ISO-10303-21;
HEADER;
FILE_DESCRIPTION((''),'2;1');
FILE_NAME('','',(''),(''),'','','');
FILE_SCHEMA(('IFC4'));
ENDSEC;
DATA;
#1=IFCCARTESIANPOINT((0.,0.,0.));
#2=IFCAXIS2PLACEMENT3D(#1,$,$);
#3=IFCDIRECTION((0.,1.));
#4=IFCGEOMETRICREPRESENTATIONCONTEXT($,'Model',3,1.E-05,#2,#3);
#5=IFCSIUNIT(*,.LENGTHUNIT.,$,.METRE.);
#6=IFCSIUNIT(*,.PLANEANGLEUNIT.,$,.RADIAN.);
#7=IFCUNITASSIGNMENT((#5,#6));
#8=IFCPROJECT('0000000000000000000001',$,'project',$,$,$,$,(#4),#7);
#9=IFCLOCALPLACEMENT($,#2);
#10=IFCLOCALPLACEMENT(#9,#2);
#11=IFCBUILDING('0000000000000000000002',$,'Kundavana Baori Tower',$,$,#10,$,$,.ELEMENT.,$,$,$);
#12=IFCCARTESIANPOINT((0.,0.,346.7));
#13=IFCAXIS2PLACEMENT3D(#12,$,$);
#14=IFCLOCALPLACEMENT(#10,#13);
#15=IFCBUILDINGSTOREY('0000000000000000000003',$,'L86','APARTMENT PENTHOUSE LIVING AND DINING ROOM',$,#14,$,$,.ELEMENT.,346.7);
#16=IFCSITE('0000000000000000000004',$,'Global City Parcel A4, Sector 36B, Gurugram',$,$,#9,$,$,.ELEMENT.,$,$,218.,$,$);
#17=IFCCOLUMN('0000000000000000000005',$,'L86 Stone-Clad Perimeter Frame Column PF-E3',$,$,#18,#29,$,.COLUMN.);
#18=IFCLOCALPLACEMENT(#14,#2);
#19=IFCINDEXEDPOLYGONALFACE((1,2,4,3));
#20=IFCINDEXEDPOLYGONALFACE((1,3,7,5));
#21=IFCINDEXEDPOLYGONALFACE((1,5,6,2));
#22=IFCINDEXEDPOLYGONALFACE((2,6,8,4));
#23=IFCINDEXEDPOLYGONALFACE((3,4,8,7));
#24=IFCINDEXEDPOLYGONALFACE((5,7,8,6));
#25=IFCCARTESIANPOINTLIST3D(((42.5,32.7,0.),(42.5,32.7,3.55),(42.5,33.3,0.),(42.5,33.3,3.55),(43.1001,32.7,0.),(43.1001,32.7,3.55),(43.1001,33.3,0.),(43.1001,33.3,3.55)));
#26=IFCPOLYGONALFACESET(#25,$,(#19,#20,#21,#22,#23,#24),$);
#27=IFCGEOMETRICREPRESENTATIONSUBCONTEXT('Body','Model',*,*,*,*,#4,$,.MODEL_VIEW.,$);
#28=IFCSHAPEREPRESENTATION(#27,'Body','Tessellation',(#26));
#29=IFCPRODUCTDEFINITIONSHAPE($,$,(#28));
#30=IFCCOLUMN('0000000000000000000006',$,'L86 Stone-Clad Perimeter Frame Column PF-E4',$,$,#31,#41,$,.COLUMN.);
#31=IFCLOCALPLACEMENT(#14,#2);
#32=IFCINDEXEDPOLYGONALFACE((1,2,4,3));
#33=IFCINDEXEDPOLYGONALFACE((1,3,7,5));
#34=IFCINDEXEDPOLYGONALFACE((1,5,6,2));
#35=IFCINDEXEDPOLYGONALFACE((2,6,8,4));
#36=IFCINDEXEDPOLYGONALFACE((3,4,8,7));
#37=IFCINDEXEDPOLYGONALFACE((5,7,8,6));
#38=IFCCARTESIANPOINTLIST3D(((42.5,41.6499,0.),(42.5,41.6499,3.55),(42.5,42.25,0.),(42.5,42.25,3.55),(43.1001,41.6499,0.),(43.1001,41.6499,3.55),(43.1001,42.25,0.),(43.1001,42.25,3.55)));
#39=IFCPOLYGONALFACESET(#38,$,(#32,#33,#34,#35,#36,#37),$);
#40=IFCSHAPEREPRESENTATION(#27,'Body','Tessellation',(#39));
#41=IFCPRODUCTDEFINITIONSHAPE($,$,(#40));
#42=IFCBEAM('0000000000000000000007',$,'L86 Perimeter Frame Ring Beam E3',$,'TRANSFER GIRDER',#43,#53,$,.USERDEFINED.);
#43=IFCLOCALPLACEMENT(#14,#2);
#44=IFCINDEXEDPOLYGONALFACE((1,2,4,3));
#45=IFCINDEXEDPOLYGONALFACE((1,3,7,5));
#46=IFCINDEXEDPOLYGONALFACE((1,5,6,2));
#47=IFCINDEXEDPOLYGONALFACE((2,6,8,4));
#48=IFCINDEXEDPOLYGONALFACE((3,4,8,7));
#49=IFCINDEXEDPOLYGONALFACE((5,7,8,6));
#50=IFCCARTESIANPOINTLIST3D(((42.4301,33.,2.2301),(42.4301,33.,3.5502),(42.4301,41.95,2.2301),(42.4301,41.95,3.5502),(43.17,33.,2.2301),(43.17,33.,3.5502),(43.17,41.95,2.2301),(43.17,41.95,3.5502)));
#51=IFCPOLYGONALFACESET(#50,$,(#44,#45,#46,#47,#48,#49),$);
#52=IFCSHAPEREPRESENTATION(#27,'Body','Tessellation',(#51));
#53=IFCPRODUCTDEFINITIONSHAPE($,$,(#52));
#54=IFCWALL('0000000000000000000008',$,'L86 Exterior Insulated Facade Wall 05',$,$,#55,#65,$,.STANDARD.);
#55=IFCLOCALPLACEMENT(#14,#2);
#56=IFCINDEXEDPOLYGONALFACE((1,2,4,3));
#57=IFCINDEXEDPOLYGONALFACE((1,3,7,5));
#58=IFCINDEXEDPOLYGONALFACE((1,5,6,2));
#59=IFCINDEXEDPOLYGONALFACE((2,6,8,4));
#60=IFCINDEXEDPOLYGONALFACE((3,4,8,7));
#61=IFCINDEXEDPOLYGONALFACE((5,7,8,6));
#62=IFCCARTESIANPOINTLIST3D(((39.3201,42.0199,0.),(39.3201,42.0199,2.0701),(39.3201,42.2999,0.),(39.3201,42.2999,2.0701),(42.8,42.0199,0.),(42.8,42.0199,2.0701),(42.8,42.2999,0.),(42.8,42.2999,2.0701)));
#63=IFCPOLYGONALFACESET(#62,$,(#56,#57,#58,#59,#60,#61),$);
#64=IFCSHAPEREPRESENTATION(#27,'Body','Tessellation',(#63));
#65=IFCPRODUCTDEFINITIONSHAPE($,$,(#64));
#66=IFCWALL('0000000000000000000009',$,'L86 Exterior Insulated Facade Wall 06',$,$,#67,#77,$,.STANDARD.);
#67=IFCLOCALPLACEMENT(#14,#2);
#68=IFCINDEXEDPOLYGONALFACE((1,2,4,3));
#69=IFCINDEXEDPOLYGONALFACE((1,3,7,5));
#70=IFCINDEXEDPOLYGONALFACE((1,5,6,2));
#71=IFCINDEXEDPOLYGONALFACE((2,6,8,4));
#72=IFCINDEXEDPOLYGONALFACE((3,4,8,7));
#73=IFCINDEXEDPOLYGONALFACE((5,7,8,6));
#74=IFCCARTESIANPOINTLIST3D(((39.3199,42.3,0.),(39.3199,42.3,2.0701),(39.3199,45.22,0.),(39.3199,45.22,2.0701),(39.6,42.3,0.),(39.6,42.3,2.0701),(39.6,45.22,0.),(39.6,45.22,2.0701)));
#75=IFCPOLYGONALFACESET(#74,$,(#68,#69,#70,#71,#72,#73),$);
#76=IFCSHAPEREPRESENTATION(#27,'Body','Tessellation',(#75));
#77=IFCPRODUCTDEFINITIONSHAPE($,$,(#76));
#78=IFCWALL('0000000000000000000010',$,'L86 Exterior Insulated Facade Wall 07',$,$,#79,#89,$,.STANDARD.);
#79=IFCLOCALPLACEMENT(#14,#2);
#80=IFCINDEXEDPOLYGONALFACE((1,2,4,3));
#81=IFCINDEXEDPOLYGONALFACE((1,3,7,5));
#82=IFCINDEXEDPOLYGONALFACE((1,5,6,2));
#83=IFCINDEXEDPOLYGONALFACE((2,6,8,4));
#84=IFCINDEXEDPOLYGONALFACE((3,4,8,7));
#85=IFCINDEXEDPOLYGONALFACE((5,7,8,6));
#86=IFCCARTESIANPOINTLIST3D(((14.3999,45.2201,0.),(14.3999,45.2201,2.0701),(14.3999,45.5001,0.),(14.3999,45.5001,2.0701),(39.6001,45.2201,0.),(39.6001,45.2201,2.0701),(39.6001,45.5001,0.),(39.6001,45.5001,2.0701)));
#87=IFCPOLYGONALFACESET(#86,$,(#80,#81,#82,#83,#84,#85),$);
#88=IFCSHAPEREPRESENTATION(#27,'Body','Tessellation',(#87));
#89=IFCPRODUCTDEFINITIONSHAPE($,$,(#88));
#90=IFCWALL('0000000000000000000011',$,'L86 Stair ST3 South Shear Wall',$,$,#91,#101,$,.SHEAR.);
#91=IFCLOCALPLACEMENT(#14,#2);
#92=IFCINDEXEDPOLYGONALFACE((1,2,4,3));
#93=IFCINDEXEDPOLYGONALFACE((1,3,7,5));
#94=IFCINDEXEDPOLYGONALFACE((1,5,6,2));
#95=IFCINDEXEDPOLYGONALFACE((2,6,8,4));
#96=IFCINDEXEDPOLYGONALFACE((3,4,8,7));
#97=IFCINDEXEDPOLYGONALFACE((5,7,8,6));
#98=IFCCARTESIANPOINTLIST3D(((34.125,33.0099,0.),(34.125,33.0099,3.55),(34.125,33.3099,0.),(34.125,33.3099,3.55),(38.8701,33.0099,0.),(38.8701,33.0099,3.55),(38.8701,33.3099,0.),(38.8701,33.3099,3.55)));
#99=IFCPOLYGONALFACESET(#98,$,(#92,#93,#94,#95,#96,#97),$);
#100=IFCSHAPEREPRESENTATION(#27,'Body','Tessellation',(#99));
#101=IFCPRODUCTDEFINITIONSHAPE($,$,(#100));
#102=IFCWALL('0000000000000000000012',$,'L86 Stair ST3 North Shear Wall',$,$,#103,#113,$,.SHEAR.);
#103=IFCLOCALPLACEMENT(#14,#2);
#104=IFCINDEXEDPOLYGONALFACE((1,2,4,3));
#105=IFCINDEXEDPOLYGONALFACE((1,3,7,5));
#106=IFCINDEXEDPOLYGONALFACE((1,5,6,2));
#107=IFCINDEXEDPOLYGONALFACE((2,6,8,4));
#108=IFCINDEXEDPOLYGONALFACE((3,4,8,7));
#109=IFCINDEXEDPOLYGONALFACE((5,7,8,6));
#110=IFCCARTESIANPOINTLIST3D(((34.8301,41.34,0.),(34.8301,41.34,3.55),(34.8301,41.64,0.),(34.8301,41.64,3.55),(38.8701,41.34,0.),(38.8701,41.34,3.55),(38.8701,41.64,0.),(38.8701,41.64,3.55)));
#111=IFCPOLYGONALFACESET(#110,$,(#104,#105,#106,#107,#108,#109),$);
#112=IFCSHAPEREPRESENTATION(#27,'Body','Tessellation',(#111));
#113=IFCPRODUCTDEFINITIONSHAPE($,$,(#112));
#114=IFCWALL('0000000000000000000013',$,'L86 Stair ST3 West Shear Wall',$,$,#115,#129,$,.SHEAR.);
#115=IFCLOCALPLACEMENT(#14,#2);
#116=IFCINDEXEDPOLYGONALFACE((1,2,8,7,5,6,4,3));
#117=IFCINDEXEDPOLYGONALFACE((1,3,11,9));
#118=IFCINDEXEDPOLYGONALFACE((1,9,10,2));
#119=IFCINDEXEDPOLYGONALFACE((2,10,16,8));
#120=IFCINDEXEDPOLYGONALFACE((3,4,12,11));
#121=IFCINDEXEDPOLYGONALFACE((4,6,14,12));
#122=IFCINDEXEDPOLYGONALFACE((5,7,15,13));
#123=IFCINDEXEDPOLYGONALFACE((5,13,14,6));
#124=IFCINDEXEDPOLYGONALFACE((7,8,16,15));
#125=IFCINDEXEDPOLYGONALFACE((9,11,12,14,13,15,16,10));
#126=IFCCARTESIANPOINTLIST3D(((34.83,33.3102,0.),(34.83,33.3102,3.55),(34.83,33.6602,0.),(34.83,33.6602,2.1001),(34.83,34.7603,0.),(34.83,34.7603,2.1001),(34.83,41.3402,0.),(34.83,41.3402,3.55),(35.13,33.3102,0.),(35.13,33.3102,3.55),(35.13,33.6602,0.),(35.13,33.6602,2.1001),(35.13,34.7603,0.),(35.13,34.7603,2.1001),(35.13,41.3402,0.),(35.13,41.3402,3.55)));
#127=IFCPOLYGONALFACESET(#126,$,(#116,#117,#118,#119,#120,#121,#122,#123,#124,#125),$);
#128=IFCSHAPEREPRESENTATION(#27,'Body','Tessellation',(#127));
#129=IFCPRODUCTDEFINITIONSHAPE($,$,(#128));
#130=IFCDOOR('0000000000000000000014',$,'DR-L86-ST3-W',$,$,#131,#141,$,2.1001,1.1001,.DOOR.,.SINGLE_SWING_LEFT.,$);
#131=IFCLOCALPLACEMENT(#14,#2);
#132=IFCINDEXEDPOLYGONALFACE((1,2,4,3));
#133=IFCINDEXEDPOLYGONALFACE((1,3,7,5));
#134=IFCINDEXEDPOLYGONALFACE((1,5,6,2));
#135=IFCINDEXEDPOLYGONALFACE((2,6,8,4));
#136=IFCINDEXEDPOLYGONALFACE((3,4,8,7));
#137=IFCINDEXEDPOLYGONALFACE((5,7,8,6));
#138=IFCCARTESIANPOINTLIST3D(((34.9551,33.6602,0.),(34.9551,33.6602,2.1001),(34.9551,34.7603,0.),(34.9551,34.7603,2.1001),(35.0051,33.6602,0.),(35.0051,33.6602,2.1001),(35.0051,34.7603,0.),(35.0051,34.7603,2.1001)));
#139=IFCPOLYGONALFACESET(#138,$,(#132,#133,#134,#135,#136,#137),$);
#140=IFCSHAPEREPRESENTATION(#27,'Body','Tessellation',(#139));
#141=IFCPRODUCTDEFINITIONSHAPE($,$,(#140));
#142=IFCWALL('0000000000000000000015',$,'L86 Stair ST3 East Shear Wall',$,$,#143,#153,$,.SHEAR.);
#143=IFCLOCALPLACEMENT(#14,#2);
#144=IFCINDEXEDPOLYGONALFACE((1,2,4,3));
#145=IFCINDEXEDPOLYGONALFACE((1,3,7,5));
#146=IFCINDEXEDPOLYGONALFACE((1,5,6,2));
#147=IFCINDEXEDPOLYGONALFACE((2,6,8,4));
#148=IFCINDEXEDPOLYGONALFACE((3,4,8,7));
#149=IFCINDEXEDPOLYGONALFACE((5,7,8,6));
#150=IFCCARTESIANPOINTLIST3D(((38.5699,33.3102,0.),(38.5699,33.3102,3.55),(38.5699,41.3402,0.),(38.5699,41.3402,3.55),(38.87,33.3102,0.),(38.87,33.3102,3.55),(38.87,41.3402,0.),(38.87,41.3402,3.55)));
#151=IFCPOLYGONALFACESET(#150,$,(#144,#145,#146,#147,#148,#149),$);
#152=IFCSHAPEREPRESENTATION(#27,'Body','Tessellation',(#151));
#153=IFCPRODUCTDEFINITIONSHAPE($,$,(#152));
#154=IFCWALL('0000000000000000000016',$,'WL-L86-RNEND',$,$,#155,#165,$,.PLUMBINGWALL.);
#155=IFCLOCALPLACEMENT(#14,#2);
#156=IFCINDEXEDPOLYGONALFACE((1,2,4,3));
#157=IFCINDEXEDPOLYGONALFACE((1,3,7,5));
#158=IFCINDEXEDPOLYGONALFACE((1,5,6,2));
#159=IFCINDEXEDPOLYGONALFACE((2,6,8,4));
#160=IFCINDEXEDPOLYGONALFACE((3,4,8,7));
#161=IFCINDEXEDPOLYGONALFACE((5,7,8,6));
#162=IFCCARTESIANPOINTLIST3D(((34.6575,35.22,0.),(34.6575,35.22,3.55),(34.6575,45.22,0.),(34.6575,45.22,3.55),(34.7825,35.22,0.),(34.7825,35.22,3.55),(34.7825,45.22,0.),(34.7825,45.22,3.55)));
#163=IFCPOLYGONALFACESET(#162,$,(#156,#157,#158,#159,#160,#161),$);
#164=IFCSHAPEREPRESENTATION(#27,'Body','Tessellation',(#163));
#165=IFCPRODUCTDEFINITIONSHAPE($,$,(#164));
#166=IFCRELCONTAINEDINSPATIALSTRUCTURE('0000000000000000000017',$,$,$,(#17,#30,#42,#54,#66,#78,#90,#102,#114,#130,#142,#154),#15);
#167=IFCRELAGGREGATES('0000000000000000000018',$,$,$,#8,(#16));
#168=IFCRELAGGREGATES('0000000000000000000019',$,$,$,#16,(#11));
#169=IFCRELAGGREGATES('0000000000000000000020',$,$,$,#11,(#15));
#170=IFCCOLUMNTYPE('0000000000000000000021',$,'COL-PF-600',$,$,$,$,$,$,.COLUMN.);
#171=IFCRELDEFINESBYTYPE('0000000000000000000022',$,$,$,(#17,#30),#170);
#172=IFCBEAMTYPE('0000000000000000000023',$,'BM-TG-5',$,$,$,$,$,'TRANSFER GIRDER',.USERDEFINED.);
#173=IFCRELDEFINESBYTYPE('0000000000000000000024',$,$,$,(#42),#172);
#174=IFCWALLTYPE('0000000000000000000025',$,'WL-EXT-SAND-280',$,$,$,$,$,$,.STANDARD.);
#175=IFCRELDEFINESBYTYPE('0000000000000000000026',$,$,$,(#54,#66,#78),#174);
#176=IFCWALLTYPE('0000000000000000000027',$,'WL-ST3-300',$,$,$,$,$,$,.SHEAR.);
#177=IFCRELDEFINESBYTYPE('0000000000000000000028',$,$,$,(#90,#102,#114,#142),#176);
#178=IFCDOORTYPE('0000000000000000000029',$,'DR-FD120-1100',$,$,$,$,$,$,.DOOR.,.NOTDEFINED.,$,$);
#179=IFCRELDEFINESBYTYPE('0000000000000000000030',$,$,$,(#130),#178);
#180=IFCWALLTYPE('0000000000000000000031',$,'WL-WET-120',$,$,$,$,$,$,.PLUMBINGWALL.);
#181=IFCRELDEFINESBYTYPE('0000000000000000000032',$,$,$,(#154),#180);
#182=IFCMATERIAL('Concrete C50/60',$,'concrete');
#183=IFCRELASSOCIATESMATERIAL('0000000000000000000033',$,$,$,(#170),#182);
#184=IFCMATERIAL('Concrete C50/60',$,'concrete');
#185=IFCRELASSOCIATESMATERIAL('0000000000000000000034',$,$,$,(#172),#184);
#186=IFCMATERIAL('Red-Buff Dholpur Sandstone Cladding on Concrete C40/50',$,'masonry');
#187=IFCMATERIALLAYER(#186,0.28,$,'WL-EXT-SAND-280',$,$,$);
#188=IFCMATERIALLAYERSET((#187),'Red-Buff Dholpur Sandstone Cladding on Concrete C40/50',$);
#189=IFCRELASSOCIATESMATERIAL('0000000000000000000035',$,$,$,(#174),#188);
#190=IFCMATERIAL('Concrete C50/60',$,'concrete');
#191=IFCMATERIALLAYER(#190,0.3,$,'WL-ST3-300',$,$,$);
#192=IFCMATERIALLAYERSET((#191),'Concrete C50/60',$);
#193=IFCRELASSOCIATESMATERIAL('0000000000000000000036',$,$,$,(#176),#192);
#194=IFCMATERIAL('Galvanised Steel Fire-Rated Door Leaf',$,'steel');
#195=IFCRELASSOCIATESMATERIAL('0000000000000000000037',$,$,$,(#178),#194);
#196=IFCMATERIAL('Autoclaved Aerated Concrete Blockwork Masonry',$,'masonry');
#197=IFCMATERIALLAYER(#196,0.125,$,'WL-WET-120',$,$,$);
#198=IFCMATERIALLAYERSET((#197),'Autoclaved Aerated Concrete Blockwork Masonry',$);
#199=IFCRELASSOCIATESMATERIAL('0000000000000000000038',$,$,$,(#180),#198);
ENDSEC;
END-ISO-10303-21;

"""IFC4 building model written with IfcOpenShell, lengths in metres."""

from ifc_helpers import new_model, si_unit, direction, frame, frame_2d, origin, origin_2d, place, context, subcontext, project, spatial, rectangle, extrude, material, layer, layer_set, material_profile, profile_set, type_object, element, fill, save


model = new_model("IFC4")

# Units and contexts
model_context = context("Model", 3, precision=1e-05, world=origin(), true_north=direction((0.0, 1.0)))
body_context = subcontext(model_context, "Body", "Model", "MODEL_VIEW")
ifc_project = project(units=[si_unit("LENGTHUNIT", "METRE"), si_unit("PLANEANGLEUNIT", "RADIAN")], contexts=[model_context])

# Site, building, storey
site_placement = place(None, origin())
site = spatial("IfcSite", under=ifc_project, at=site_placement, Name="Global City Parcel A4, Sector 36B, Gurugram", CompositionType="ELEMENT", RefElevation=218.0)
building_placement = place(site_placement, origin())
building = spatial("IfcBuilding", under=site, at=building_placement, Name="Kundavana Baori Tower", CompositionType="ELEMENT")
storey_placement = place(building_placement, frame((0.0, 0.0, 346.7)))
storey = spatial("IfcBuildingStorey", under=building, at=storey_placement, Name="L86", Description="APARTMENT PENTHOUSE LIVING AND DINING ROOM", CompositionType="ELEMENT", Elevation=346.7)

# Columns
ifc_material_1 = material(Name="Concrete C50/60", Category="concrete")
ifc_material_profile_1 = material_profile(ifc_material_1, rectangle(XDim=0.6001, YDim=0.6001, at=origin_2d()), Name="RC PF 600x600")
ifc_profile_set_1 = profile_set([ifc_material_profile_1], Name="Concrete C50/60")
column_type = type_object("IfcColumnType", Name="COL-PF-600", PredefinedType="COLUMN", material=ifc_profile_set_1)
for number, where, z_axis, x_axis, name in (
    (1, (42.8, 33.0, 0.0), (0.0, 0.0, 1.0), (1.0, 0.0, 0.0), "L86 Stone-Clad Perimeter Frame Column PF-E3"),
    (2, (42.8, 41.95, 0.0), (0.0, 0.0, 1.0), (1.0, 0.0, 0.0), "L86 Stone-Clad Perimeter Frame Column PF-E4"),
):
    element("IfcColumn", number, at=place(storey_placement, frame(where, z_axis=z_axis, x_axis=x_axis)), inside=storey, type_object=column_type, Name=name, PredefinedType="COLUMN", context=body_context, shape_type="SweptSolid", body=[
        extrude(rectangle(XDim=0.6001, YDim=0.6001, at=origin_2d()), origin(), (0.0, 0.0, 1.0), 3.55),
    ])

# Beam
ifc_material_2 = material(Name="Concrete C50/60", Category="concrete")
ifc_material_profile_2 = material_profile(ifc_material_2, rectangle(XDim=0.74, YDim=1.3201, at=origin_2d()), Name="BM-TG-5")
ifc_profile_set_2 = profile_set([ifc_material_profile_2], Name="Concrete C50/60")
beam_type = type_object("IfcBeamType", Name="BM-TG-5", ElementType="TRANSFER GIRDER", PredefinedType="USERDEFINED", material=ifc_profile_set_2)
beam_placement = place(storey_placement, frame((42.8, 33.0, 2.8901), z_axis=(0.0, 1.0, 0.0), x_axis=(-1.0, 0.0, 0.0)))
element("IfcBeam", 3, at=beam_placement, inside=storey, type_object=beam_type, Name="L86 Perimeter Frame Ring Beam E3", ObjectType="TRANSFER GIRDER", PredefinedType="USERDEFINED", context=body_context, shape_type="SweptSolid", body=[
    extrude(rectangle(XDim=0.74, YDim=1.3201, at=origin_2d()), origin(), (0.0, 0.0, 1.0), 8.95),
])

# Walls
ifc_material_3 = material(Name="Red-Buff Dholpur Sandstone Cladding on Concrete C40/50", Category="masonry")
ifc_layer_1 = layer(ifc_material_3, 0.28, Name="WL-EXT-SAND-280")
ifc_layer_set_1 = layer_set([ifc_layer_1], Name="Red-Buff Dholpur Sandstone Cladding on Concrete C40/50")
wall_type_1 = type_object("IfcWallType", Name="WL-EXT-SAND-280", PredefinedType="STANDARD", material=ifc_layer_set_1)
wall_1_placement = place(storey_placement, frame((42.8, 42.1599, 0.0), z_axis=(0.0, 0.0, 1.0), x_axis=(-1.0, 0.0, 0.0)))
element("IfcWall", 4, at=wall_1_placement, inside=storey, type_object=wall_type_1, Name="L86 Exterior Insulated Facade Wall 05", PredefinedType="STANDARD", context=body_context, shape_type="SweptSolid", body=[
    extrude(rectangle(XDim=3.48, YDim=0.28, at=frame_2d((1.74, 0.0))), origin(), (0.0, 0.0, 1.0), 2.0701),
])
wall_2_placement = place(storey_placement, frame((39.46, 42.3, 0.0), z_axis=(0.0, 0.0, 1.0), x_axis=(0.0, 1.0, 0.0)))
element("IfcWall", 5, at=wall_2_placement, inside=storey, type_object=wall_type_1, Name="L86 Exterior Insulated Facade Wall 06", PredefinedType="STANDARD", context=body_context, shape_type="SweptSolid", body=[
    extrude(rectangle(XDim=2.9199, YDim=0.28, at=frame_2d((1.46, 0.0))), origin(), (0.0, 0.0, 1.0), 2.0701),
])
wall_3_placement = place(storey_placement, frame((39.6001, 45.3601, 0.0), z_axis=(0.0, 0.0, 1.0), x_axis=(-1.0, 0.0, 0.0)))
element("IfcWall", 6, at=wall_3_placement, inside=storey, type_object=wall_type_1, Name="L86 Exterior Insulated Facade Wall 07", PredefinedType="STANDARD", context=body_context, shape_type="SweptSolid", body=[
    extrude(rectangle(XDim=25.2002, YDim=0.28, at=frame_2d((12.6001, 0.0))), origin(), (0.0, 0.0, 1.0), 2.0701),
])
ifc_material_4 = material(Name="Concrete C50/60", Category="concrete")
ifc_layer_2 = layer(ifc_material_4, 0.3, Name="WL-ST3-300")
ifc_layer_set_2 = layer_set([ifc_layer_2], Name="Concrete C50/60")
wall_type_2 = type_object("IfcWallType", Name="WL-ST3-300", PredefinedType="SHEAR", material=ifc_layer_set_2)
wall_4_placement = place(storey_placement, frame((34.125, 33.1599, 0.0), z_axis=(0.0, 0.0, 1.0), x_axis=(1.0, 0.0, 0.0)))
element("IfcWall", 7, at=wall_4_placement, inside=storey, type_object=wall_type_2, Name="L86 Stair ST3 South Shear Wall", PredefinedType="SHEAR", context=body_context, shape_type="SweptSolid", body=[
    extrude(rectangle(XDim=4.7451, YDim=0.3, at=frame_2d((2.3726, 0.0))), origin(), (0.0, 0.0, 1.0), 3.55),
])
wall_5_placement = place(storey_placement, frame((34.8301, 41.49, 0.0), z_axis=(0.0, 0.0, 1.0), x_axis=(1.0, 0.0, 0.0)))
element("IfcWall", 8, at=wall_5_placement, inside=storey, type_object=wall_type_2, Name="L86 Stair ST3 North Shear Wall", PredefinedType="SHEAR", context=body_context, shape_type="SweptSolid", body=[
    extrude(rectangle(XDim=4.04, YDim=0.3, at=frame_2d((2.02, 0.0))), origin(), (0.0, 0.0, 1.0), 3.55),
])

# Wall, opening, door
wall_6_placement = place(storey_placement, frame((34.98, 33.3101, 0.0), z_axis=(0.0, 0.0, 1.0), x_axis=(0.0, 1.0, 0.0)))
wall_6 = element("IfcWall", 9, at=wall_6_placement, inside=storey, type_object=wall_type_2, Name="L86 Stair ST3 West Shear Wall", PredefinedType="SHEAR", context=body_context, shape_type="SweptSolid", body=[
    extrude(rectangle(XDim=8.03, YDim=0.3, at=frame_2d((4.0151, 0.0))), origin(), (0.0, 0.0, 1.0), 3.55),
])
opening_placement = place(wall_6_placement, frame((0.3501, 0.0, 0.0)))
opening = element("IfcOpeningElement", 10, at=opening_placement, cuts=wall_6, PredefinedType="OPENING", context=body_context, shape_type="SweptSolid", body=[
    extrude(rectangle(XDim=1.1001, YDim=2.1001, at=frame_2d((0.55, 1.05))), frame((0.0, 0.1602, 0.0), z_axis=(0.0, -1.0, 0.0), x_axis=(1.0, 0.0, 0.0)), (0.0, 0.0, 1.0), 0.3201),
])
ifc_material_5 = material(Name="Galvanised Steel Fire-Rated Door Leaf", Category="steel")
door_type = type_object("IfcDoorType", Name="DR-FD120-1100", OperationType="NOTDEFINED", PredefinedType="DOOR", material=ifc_material_5)
door_placement = place(opening_placement, origin())
door = element("IfcDoor", 11, at=door_placement, inside=storey, type_object=door_type, Name="DR-L86-ST3-W", OperationType="SINGLE_SWING_LEFT", OverallHeight=2.1001, OverallWidth=1.1001, PredefinedType="DOOR", context=body_context, shape_type="SweptSolid", body=[
    extrude(rectangle(XDim=1.1001, YDim=2.1001, at=frame_2d((0.55, 1.05))), frame((0.0, 0.0249, 0.0), z_axis=(0.0, -1.0, 0.0), x_axis=(1.0, 0.0, 0.0)), (0.0, 0.0, 1.0), 0.05),
])
fill(opening, door)

# Walls
wall_7_placement = place(storey_placement, frame((38.72, 33.3101, 0.0), z_axis=(0.0, 0.0, 1.0), x_axis=(0.0, 1.0, 0.0)))
element("IfcWall", 12, at=wall_7_placement, inside=storey, type_object=wall_type_2, Name="L86 Stair ST3 East Shear Wall", PredefinedType="SHEAR", context=body_context, shape_type="SweptSolid", body=[
    extrude(rectangle(XDim=8.03, YDim=0.3, at=frame_2d((4.0151, 0.0))), origin(), (0.0, 0.0, 1.0), 3.55),
])
ifc_material_6 = material(Name="Autoclaved Aerated Concrete Blockwork Masonry", Category="masonry")
ifc_layer_3 = layer(ifc_material_6, 0.125, Name="WL-WET-120")
ifc_layer_set_3 = layer_set([ifc_layer_3], Name="Autoclaved Aerated Concrete Blockwork Masonry")
wall_type_3 = type_object("IfcWallType", Name="WL-WET-120", PredefinedType="PLUMBINGWALL", material=ifc_layer_set_3)
wall_8_placement = place(storey_placement, frame((34.72, 35.22, 0.0), z_axis=(0.0, 0.0, 1.0), x_axis=(0.0, 1.0, 0.0)))
element("IfcWall", 13, at=wall_8_placement, inside=storey, type_object=wall_type_3, Name="WL-L86-RNEND", PredefinedType="PLUMBINGWALL", context=body_context, shape_type="SweptSolid", body=[
    extrude(rectangle(XDim=10.0, YDim=0.125, at=frame_2d((5.0, 0.0))), origin(), (0.0, 0.0, 1.0), 3.55),
])

save(model, "model.ifc")
